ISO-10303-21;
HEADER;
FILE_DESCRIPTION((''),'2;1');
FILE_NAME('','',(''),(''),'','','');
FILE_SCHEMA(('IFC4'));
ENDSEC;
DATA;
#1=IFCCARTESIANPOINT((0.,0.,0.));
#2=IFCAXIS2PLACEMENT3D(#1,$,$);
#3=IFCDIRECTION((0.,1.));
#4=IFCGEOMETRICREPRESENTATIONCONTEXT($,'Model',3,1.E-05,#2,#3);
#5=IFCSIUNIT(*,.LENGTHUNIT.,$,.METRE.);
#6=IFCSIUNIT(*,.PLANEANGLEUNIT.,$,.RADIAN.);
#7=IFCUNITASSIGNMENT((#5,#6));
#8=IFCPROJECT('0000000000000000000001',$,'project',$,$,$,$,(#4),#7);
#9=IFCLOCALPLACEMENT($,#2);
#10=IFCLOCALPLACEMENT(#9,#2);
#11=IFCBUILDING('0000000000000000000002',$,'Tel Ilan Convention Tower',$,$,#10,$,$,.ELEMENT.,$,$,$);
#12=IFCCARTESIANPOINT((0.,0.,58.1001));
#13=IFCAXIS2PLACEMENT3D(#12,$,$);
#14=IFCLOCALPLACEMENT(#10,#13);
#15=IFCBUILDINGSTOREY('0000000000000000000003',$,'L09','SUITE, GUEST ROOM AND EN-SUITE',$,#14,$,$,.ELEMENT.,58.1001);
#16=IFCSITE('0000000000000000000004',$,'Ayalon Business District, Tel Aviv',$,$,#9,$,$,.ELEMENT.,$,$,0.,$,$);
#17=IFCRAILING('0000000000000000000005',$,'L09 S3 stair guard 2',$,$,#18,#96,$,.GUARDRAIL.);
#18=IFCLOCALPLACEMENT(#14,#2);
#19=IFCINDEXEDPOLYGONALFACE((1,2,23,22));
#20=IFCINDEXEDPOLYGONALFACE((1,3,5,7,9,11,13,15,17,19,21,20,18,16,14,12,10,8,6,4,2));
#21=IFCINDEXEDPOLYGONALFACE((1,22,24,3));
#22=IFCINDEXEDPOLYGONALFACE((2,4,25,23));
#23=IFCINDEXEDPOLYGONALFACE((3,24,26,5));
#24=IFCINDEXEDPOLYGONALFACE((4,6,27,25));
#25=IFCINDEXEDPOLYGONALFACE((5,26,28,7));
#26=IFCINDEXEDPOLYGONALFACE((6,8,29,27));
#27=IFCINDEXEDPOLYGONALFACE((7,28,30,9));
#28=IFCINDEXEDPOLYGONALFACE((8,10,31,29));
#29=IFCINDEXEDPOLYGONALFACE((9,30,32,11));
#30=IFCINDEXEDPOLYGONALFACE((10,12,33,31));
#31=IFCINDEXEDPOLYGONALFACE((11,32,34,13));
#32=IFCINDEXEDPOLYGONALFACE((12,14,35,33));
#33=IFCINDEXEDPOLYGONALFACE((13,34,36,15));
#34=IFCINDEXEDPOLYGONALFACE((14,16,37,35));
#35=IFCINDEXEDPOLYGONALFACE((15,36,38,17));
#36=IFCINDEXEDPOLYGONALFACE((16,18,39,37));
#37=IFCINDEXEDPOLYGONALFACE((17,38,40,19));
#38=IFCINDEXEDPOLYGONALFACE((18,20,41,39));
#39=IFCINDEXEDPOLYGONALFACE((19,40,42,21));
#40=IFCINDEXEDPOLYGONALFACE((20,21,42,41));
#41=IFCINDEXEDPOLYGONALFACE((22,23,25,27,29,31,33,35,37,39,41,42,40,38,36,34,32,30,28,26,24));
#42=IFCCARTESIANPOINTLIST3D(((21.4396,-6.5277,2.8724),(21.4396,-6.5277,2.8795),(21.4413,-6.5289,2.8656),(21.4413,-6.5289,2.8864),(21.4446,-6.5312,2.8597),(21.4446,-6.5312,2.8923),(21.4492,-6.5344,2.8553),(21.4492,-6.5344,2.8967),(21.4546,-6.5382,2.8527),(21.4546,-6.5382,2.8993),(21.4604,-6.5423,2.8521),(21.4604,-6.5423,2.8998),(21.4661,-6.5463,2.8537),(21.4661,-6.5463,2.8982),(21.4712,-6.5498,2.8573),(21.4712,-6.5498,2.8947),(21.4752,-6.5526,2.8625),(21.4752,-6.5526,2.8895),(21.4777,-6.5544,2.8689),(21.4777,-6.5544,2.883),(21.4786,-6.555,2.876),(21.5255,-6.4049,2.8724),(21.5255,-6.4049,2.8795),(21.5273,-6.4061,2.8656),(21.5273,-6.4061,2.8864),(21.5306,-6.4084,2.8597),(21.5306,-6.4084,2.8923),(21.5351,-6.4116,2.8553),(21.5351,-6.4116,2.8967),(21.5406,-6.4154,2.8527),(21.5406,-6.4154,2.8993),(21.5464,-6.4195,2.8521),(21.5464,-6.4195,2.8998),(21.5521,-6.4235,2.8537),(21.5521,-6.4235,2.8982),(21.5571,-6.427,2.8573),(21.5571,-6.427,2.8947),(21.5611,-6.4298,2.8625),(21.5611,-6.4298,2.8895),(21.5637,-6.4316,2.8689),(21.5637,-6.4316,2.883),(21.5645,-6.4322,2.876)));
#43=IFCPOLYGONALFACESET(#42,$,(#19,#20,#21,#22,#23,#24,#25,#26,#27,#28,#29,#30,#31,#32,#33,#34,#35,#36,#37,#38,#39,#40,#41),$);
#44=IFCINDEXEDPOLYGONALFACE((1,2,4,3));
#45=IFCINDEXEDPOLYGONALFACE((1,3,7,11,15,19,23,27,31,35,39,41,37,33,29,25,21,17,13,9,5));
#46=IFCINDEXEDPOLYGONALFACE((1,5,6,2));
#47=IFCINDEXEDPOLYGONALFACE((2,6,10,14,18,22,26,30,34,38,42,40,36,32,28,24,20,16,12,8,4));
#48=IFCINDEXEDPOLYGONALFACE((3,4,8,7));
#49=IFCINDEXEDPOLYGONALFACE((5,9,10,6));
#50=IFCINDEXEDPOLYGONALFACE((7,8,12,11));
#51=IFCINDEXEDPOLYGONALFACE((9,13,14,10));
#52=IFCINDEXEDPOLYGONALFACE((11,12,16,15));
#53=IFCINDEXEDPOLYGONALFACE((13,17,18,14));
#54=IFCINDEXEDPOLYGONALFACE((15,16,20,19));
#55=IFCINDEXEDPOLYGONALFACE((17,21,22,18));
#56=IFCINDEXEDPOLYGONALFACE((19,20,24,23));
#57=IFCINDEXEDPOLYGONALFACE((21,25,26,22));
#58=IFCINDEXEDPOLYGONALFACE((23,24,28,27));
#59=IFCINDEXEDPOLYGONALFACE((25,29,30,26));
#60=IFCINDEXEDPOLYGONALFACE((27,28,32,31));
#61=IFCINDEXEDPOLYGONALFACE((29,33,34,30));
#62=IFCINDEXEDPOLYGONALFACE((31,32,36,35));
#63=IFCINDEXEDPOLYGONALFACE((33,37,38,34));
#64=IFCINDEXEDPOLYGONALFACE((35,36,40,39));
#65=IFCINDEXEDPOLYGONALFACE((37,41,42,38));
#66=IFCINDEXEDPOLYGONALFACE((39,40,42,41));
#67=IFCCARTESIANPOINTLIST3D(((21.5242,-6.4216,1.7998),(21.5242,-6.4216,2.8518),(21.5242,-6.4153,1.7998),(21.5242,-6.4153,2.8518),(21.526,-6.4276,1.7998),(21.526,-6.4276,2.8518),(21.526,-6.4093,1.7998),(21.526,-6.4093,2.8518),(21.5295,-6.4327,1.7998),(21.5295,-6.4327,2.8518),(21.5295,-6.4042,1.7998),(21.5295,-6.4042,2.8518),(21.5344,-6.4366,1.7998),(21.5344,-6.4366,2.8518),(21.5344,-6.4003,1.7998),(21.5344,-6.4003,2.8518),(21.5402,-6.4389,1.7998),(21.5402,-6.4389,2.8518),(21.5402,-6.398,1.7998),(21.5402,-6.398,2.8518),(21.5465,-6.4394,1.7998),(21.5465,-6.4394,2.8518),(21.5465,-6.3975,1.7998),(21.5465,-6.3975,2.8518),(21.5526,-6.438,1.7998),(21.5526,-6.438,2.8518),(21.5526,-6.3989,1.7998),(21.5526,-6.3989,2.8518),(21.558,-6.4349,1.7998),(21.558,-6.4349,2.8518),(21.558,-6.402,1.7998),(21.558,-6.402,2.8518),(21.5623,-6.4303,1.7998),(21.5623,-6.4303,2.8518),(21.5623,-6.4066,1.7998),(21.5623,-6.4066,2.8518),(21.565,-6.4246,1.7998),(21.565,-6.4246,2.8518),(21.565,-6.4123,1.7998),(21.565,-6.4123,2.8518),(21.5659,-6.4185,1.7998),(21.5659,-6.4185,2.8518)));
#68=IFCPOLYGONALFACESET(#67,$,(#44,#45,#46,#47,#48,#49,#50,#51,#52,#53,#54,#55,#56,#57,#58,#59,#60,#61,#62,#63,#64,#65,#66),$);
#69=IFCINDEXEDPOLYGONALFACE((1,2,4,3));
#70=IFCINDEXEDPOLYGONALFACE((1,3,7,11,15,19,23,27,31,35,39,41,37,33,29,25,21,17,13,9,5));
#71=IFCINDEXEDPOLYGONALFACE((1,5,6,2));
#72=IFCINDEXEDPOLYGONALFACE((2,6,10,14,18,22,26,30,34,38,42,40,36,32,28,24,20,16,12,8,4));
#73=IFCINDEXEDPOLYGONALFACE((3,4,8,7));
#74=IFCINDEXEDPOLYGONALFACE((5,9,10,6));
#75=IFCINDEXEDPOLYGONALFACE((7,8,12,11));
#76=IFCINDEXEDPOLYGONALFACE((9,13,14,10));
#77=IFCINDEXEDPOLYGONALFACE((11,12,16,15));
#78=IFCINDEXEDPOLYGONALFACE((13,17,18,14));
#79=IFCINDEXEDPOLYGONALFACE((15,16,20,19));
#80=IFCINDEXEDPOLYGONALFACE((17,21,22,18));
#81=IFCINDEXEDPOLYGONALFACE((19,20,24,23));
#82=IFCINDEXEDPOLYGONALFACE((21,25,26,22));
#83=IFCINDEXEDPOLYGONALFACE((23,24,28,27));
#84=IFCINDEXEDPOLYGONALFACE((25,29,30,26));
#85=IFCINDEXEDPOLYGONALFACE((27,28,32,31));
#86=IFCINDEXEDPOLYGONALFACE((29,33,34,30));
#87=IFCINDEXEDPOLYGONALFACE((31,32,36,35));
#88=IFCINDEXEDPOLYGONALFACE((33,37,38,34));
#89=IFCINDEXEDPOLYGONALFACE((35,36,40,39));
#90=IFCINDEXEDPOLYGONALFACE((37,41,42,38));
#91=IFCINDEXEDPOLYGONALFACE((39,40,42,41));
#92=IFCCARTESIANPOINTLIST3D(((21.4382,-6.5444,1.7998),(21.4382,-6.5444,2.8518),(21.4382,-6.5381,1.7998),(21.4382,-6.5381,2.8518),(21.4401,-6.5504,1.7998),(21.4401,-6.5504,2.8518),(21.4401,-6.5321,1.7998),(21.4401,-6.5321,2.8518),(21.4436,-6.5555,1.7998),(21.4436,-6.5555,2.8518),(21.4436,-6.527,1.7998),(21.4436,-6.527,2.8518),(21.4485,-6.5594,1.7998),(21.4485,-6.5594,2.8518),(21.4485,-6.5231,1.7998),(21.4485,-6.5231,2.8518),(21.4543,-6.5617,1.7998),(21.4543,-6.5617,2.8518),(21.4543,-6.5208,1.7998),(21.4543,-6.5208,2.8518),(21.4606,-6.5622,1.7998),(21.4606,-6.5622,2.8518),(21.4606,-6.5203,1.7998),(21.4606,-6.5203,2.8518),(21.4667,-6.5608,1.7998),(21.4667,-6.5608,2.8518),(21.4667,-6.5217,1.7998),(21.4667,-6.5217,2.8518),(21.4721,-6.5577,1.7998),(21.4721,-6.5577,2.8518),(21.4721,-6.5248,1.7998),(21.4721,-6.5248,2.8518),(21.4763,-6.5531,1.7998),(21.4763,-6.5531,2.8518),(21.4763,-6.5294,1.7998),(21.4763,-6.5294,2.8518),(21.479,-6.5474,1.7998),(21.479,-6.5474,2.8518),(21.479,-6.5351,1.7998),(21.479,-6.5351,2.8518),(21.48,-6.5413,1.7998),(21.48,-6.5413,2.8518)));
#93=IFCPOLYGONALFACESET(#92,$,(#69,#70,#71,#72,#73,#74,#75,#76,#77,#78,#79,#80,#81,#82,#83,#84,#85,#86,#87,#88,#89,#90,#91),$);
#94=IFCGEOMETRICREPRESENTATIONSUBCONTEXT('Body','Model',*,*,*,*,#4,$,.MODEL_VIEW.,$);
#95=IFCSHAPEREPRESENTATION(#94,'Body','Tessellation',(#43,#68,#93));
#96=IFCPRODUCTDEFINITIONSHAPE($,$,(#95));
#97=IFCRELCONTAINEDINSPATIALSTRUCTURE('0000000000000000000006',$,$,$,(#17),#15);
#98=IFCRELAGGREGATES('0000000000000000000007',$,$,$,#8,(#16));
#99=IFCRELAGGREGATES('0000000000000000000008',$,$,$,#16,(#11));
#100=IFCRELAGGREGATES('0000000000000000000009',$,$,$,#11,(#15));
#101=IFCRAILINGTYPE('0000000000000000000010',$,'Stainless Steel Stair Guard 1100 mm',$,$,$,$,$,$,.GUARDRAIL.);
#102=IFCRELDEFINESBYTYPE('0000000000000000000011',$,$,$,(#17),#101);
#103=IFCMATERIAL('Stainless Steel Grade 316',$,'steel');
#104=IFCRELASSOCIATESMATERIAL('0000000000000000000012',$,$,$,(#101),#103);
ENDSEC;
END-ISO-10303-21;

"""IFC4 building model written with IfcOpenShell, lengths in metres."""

from ifc_helpers import new_model, si_unit, direction, frame, origin, origin_2d, place, context, subcontext, project, spatial, circle, extrude, material, type_object, element, save


model = new_model("IFC4")

# Units and contexts
model_context = context("Model", 3, precision=1e-05, world=origin(), true_north=direction((0.0, 1.0)))
body_context = subcontext(model_context, "Body", "Model", "MODEL_VIEW")
ifc_project = project(units=[si_unit("LENGTHUNIT", "METRE"), si_unit("PLANEANGLEUNIT", "RADIAN")], contexts=[model_context])

# Site, building, storey
site_placement = place(None, origin())
site = spatial("IfcSite", under=ifc_project, at=site_placement, Name="Ayalon Business District, Tel Aviv", CompositionType="ELEMENT", RefElevation=0.0)
building_placement = place(site_placement, origin())
building = spatial("IfcBuilding", under=site, at=building_placement, Name="Tel Ilan Convention Tower", CompositionType="ELEMENT")
storey_placement = place(building_placement, frame((0.0, 0.0, 58.1001)))
storey = spatial("IfcBuildingStorey", under=building, at=storey_placement, Name="L09", Description="SUITE, GUEST ROOM AND EN-SUITE", CompositionType="ELEMENT", Elevation=58.1001)

# Railing
ifc_material_1 = material(Name="Stainless Steel Grade 316", Category="steel")
railing_type_1 = type_object("IfcRailingType", Name="Stainless Steel Stair Guard 1100 mm", PredefinedType="GUARDRAIL", material=ifc_material_1)
railing_1_placement = place(storey_placement, frame((21.5449, -6.4185, 1.7998)))
element("IfcRailing", 1, at=railing_1_placement, inside=storey, type_object=railing_type_1, Name="L09 S3 stair guard 2", PredefinedType="GUARDRAIL", context=body_context, shape_type="SweptSolid", body=[
    extrude(circle(Radius=0.0239, at=origin_2d()), frame((0.0, 0.0, 1.0762), z_axis=(-0.573353, -0.819308, 0.0), x_axis=(0.819308, -0.573353, 0.0)), (0.0, 0.0, 1.0), 0.1499),
    extrude(circle(Radius=0.021, at=origin_2d()), origin(), (0.0, 0.0, 1.0), 1.052),
    extrude(circle(Radius=0.021, at=origin_2d()), frame((-0.0859, -0.1228, 0.0)), (0.0, 0.0, 1.0), 1.052),
])

save(model, "model.ifc")
